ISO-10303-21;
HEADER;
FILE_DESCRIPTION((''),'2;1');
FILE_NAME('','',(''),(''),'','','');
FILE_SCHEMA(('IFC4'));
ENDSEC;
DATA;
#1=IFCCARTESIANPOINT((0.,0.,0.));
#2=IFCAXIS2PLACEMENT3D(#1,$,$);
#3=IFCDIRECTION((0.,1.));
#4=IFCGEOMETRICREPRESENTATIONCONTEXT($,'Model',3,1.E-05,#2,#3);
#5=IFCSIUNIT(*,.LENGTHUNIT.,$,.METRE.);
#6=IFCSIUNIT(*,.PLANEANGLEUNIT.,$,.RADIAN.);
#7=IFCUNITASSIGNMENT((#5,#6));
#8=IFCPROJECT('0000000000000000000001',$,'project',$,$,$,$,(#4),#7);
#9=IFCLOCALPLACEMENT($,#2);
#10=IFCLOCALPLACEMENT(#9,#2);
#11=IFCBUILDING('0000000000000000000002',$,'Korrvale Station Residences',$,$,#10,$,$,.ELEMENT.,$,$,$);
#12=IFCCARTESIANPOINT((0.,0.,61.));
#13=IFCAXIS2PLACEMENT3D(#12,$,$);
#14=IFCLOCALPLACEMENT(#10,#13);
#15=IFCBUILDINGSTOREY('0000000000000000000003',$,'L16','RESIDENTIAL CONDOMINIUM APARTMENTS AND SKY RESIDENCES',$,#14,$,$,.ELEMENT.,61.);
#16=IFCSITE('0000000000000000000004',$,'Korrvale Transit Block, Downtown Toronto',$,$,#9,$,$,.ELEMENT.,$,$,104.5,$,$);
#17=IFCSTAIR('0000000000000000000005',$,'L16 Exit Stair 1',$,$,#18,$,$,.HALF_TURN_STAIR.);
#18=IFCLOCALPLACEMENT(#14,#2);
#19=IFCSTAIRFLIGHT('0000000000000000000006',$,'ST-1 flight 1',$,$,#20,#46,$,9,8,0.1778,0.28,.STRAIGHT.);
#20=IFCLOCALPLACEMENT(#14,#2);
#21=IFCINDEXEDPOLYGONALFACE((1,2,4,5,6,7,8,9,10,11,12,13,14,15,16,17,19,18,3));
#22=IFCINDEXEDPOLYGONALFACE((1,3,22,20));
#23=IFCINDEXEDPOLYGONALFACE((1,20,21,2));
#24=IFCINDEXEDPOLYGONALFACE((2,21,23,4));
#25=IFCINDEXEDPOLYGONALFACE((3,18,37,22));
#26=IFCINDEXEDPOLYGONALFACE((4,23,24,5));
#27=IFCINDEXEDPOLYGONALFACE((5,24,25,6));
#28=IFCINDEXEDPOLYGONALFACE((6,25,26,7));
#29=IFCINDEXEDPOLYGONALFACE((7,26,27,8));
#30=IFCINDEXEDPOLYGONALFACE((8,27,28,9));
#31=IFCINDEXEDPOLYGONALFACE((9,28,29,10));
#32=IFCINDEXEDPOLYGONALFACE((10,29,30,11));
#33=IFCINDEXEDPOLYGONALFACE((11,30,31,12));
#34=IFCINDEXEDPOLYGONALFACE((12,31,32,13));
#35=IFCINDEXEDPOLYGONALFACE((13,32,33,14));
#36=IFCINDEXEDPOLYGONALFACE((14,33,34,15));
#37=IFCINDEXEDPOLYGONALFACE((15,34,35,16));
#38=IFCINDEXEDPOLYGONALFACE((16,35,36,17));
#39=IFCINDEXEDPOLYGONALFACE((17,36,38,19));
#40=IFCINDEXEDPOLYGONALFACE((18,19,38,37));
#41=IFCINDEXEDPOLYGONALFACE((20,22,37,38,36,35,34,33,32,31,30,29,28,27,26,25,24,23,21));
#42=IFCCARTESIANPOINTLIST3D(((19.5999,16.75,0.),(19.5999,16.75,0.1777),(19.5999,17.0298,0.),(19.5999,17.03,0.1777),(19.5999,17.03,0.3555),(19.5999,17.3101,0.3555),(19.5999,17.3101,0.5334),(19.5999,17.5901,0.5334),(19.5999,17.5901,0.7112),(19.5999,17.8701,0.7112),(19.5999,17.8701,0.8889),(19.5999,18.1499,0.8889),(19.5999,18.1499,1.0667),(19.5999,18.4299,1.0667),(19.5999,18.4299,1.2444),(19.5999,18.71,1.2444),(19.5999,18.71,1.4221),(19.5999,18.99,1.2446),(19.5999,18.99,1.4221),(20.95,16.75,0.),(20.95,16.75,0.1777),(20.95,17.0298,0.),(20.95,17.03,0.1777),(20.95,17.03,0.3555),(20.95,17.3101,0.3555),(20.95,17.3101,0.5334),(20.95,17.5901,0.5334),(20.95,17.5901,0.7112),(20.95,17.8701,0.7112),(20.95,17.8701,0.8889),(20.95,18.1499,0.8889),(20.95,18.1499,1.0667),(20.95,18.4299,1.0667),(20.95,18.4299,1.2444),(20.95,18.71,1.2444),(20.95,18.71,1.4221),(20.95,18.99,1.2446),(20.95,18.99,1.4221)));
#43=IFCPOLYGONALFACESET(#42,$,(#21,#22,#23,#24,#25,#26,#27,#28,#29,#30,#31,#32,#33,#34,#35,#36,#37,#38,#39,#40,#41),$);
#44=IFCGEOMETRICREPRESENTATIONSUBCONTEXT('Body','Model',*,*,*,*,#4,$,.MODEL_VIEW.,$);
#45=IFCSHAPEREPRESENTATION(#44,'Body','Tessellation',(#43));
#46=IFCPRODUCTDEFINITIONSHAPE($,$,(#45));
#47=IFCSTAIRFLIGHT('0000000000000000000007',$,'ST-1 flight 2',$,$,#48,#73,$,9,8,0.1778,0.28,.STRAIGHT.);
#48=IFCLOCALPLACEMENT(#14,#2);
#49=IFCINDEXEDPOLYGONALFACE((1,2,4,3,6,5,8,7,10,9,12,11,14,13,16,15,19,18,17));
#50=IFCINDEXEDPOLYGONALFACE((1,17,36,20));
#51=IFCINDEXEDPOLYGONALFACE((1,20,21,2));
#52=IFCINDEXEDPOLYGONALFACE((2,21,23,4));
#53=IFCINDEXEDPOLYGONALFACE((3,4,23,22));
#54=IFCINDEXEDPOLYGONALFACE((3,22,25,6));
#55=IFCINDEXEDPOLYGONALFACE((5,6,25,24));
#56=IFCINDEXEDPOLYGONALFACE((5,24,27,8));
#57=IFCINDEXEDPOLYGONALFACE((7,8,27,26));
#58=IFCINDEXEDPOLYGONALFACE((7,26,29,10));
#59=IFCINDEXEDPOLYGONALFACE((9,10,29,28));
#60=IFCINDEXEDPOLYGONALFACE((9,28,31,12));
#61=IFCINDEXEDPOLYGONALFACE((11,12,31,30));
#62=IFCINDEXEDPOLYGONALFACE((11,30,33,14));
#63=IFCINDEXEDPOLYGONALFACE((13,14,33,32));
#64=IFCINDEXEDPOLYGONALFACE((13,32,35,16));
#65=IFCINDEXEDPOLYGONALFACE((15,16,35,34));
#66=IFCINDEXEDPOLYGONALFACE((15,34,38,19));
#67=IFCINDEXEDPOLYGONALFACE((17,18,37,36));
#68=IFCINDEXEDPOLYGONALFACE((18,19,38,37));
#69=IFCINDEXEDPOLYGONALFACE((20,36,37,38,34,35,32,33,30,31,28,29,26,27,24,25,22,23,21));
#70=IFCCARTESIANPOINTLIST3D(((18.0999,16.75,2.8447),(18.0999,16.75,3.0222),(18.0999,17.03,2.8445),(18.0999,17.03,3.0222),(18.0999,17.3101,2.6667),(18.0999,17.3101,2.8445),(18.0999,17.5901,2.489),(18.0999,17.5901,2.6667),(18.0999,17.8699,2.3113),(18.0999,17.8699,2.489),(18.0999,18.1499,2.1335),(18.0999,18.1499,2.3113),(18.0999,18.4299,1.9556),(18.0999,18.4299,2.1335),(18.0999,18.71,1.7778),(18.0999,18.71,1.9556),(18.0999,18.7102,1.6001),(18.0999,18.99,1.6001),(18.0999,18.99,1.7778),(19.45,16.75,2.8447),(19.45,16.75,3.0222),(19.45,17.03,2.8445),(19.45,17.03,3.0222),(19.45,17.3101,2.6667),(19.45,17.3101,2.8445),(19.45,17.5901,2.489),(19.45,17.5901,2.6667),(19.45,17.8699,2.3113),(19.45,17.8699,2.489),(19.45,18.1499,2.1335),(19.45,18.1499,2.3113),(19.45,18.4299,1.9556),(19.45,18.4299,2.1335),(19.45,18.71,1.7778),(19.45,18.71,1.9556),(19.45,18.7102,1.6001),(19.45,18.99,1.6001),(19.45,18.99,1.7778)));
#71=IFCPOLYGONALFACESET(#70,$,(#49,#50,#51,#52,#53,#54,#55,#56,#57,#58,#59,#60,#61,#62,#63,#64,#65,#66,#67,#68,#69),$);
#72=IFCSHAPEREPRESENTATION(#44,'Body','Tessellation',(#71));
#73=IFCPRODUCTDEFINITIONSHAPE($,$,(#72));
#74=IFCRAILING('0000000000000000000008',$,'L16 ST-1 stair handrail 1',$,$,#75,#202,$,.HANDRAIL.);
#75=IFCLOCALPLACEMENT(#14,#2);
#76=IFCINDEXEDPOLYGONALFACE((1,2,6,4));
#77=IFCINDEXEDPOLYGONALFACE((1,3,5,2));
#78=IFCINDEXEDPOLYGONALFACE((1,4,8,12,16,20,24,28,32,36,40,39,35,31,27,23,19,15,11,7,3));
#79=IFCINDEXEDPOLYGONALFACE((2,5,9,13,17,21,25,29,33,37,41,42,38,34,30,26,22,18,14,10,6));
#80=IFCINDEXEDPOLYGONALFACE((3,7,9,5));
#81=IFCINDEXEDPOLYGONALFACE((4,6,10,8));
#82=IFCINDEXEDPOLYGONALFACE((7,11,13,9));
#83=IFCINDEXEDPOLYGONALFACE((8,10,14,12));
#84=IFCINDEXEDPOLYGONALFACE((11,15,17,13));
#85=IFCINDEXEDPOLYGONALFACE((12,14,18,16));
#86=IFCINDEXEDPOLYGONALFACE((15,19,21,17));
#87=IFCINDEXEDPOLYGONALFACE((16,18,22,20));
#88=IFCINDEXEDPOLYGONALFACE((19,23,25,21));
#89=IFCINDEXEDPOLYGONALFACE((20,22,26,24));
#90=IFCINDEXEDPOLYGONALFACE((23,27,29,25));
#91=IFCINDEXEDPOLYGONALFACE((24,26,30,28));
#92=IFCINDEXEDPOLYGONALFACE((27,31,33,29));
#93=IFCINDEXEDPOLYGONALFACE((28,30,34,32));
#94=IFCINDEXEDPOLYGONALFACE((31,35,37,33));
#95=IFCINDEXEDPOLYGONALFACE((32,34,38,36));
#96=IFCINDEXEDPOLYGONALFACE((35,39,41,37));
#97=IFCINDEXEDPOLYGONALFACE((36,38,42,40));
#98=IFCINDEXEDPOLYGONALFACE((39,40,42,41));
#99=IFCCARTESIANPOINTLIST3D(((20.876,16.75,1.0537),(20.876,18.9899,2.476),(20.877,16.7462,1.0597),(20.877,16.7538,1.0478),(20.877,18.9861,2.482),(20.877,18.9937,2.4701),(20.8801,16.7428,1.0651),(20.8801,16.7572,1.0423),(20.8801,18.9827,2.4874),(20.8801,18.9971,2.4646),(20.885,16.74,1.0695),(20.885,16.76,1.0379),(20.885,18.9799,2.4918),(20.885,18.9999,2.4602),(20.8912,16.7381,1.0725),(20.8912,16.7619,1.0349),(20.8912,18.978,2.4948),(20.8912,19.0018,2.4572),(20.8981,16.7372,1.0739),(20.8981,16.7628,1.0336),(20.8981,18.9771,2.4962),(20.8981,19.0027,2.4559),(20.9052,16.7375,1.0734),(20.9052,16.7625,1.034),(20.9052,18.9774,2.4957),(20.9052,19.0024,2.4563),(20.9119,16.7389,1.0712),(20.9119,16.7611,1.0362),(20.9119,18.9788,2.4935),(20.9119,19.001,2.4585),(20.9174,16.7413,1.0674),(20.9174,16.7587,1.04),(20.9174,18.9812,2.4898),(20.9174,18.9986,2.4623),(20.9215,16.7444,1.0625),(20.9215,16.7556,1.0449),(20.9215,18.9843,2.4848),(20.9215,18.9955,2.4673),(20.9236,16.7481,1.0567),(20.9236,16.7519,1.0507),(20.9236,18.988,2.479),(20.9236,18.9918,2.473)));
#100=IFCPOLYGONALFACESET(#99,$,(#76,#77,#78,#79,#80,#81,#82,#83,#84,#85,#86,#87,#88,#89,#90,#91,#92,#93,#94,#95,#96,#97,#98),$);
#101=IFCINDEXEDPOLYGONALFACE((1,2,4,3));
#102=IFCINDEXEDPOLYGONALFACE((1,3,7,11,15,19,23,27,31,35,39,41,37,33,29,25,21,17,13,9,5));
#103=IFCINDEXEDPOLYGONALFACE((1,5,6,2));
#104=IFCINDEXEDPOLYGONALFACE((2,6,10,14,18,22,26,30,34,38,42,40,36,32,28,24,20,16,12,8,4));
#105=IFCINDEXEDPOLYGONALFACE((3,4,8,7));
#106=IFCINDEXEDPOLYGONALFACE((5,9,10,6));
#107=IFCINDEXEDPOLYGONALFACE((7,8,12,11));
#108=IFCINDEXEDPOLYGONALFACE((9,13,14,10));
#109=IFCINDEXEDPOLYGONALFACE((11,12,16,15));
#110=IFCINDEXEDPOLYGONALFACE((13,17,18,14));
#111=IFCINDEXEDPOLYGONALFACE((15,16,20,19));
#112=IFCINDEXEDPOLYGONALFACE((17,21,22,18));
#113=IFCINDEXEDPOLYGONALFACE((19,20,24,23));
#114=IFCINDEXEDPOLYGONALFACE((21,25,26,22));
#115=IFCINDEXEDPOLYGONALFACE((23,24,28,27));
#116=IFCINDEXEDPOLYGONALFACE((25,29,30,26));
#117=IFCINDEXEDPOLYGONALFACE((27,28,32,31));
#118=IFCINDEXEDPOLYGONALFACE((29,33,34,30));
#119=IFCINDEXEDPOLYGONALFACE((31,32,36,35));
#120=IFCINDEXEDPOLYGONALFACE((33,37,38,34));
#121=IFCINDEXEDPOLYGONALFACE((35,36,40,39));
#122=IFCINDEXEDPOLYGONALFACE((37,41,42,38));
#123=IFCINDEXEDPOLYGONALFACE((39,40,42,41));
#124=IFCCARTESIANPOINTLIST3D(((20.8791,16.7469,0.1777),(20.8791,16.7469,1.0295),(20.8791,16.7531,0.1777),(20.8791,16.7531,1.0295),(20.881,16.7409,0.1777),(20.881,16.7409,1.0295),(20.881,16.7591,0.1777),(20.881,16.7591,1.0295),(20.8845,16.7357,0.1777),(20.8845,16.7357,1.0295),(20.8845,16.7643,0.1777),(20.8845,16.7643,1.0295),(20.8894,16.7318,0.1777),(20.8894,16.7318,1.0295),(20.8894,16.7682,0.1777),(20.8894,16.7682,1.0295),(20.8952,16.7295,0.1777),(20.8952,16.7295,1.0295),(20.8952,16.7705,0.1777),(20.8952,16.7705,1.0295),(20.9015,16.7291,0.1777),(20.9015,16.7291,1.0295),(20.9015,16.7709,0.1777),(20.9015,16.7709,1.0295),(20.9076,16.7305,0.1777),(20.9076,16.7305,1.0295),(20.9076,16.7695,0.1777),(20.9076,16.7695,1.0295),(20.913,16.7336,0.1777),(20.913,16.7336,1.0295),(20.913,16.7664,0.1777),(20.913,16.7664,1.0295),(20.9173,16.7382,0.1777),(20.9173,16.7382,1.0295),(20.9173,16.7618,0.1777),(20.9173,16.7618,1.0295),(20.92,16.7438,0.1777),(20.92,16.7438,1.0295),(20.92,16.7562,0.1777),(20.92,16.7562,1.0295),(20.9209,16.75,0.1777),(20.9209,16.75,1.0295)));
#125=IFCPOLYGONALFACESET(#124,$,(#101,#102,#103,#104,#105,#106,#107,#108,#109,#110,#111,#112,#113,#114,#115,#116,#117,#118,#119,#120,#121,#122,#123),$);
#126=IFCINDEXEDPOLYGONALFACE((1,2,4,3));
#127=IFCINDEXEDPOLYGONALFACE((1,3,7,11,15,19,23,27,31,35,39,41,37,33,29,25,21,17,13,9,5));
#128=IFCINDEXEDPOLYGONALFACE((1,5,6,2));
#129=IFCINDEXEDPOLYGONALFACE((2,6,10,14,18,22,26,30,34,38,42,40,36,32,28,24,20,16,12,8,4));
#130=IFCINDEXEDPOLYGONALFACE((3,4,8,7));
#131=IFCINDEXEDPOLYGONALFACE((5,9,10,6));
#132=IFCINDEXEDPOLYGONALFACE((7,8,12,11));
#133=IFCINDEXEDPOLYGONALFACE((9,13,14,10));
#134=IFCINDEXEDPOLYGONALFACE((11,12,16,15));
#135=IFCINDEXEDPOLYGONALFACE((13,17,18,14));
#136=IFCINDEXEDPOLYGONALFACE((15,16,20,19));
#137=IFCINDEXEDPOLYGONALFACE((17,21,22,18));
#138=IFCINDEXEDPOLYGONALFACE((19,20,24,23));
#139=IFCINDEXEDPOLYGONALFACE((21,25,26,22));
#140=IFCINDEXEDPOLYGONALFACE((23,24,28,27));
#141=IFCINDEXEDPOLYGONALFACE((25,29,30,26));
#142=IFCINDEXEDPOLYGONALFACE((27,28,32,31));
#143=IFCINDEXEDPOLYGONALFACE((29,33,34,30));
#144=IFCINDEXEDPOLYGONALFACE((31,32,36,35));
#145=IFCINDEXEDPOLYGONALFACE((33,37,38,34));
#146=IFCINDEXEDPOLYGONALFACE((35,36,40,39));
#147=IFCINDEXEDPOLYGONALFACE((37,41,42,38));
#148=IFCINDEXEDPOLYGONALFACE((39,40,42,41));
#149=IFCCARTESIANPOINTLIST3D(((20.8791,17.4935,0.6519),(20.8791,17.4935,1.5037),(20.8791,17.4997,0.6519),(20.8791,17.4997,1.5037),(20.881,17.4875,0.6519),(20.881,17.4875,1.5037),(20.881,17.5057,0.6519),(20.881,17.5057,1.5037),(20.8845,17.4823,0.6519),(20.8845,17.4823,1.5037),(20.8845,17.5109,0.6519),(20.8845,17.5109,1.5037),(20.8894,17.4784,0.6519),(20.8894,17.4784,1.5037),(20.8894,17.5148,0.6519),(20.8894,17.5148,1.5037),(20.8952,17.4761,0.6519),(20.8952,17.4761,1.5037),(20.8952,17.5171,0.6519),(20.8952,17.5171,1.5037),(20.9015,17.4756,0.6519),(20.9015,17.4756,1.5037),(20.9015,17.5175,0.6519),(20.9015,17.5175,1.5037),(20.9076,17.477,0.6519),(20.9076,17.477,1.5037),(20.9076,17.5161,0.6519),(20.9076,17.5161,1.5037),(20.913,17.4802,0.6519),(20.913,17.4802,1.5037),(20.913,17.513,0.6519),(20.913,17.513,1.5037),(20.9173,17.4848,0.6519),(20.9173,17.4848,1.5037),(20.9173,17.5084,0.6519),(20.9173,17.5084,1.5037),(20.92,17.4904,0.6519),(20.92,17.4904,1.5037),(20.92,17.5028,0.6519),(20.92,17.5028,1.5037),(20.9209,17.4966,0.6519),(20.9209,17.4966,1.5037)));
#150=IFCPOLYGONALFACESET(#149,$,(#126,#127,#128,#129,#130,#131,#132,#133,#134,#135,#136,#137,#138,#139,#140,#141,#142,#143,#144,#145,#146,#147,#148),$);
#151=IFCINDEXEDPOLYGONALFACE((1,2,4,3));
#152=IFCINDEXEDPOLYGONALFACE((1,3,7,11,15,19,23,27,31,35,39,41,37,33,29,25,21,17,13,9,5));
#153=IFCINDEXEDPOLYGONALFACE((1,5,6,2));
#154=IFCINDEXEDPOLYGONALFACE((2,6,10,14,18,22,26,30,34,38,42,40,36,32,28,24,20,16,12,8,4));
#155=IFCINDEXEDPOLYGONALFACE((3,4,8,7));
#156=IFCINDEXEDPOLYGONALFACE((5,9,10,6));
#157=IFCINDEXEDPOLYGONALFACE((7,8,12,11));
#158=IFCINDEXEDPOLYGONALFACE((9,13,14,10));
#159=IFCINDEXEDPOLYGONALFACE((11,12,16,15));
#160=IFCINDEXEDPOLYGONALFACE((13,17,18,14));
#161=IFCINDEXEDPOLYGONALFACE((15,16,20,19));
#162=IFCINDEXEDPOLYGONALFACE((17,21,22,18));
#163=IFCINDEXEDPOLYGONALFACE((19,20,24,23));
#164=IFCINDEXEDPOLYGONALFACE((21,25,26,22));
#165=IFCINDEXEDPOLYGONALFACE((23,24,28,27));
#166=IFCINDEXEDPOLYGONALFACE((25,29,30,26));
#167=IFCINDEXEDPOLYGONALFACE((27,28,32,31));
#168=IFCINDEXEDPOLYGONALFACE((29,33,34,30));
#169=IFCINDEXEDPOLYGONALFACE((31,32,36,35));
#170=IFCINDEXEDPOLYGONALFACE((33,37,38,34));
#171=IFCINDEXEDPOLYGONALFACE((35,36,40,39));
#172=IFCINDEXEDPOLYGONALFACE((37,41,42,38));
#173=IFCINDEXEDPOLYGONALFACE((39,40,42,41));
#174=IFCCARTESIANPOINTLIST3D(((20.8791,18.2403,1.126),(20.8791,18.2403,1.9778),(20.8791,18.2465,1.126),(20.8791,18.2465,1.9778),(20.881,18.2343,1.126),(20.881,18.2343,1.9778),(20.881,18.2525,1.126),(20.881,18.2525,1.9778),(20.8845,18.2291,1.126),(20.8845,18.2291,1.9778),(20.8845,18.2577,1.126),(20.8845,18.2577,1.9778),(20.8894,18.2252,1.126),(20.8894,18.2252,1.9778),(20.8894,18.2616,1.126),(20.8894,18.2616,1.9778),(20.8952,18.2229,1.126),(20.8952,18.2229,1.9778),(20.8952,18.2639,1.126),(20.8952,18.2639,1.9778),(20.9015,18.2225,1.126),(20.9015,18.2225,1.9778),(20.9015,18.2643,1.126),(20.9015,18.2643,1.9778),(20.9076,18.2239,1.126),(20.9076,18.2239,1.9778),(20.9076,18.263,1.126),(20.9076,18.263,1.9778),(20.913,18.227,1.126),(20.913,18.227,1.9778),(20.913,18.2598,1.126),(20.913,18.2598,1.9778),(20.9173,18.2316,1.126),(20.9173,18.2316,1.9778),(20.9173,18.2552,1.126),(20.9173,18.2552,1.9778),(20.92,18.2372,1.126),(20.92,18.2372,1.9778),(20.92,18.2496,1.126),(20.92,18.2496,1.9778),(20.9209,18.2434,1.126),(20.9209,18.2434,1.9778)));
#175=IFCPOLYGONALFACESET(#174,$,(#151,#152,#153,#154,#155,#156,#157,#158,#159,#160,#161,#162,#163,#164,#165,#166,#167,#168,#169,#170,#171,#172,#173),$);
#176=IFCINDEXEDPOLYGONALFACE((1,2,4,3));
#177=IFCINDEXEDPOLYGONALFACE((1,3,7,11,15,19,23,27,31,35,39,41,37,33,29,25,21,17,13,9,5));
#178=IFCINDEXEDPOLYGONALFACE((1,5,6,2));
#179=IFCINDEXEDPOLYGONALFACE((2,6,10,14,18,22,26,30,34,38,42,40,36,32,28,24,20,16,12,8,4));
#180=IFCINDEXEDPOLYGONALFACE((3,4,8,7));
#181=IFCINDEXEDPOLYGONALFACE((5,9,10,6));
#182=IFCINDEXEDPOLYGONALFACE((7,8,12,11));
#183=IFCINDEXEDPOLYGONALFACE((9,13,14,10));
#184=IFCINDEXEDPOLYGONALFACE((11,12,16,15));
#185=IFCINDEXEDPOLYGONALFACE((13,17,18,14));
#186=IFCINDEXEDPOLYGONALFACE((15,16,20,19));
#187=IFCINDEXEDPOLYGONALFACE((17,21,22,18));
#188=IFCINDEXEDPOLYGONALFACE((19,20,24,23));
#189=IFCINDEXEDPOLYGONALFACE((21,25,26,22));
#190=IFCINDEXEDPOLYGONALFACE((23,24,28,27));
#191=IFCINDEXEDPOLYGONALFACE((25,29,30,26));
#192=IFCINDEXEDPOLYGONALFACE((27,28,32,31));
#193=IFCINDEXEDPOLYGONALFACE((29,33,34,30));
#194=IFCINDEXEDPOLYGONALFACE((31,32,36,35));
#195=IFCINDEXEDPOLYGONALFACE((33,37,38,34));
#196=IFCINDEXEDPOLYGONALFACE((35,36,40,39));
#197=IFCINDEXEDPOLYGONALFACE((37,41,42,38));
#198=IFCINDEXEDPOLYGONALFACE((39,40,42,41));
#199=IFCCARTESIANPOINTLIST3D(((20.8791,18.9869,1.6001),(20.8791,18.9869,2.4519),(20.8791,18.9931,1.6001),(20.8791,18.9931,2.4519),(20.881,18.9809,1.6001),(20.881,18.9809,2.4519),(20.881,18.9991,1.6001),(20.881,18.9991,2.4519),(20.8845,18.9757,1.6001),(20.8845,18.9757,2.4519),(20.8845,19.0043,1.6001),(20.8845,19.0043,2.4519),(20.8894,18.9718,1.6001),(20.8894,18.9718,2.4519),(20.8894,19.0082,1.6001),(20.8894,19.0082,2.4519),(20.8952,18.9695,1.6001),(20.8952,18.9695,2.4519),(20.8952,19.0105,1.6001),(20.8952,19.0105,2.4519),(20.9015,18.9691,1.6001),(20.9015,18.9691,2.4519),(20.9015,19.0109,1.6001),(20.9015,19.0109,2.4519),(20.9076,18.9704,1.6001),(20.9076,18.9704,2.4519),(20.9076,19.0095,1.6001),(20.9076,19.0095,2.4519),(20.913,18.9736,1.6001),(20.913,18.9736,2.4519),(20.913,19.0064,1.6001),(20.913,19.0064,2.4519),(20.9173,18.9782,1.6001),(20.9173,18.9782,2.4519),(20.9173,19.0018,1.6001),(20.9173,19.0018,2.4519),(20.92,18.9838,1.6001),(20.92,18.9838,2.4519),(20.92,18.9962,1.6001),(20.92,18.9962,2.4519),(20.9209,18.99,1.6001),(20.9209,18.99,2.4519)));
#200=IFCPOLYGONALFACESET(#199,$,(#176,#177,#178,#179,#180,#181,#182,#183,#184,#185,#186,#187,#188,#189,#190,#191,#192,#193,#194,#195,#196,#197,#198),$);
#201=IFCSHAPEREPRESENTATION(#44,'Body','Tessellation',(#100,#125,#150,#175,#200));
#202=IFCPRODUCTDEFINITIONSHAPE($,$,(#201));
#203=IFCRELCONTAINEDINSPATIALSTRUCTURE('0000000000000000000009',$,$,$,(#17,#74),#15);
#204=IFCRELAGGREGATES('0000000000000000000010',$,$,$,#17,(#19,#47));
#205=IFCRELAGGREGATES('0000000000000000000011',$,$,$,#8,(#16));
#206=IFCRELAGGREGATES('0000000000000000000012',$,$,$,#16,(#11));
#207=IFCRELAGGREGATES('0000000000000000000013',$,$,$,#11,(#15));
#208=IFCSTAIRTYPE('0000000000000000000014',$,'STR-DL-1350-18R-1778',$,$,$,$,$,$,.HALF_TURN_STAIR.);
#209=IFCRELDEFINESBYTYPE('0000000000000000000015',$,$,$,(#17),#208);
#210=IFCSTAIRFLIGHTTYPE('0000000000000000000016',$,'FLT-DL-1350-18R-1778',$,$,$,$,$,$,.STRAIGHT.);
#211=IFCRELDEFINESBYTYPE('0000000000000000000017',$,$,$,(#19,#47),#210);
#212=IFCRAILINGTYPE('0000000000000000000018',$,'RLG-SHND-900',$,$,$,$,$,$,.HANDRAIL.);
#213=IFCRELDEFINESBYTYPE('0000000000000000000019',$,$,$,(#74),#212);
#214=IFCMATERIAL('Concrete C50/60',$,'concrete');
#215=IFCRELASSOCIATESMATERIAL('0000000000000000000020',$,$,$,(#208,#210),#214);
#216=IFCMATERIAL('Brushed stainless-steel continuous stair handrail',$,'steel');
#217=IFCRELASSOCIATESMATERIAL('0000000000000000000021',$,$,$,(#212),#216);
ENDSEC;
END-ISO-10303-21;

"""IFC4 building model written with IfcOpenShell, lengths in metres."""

from ifc_helpers import new_model, si_unit, direction, frame, origin, origin_2d, place, context, subcontext, project, spatial, polyline, circle, outline, extrude, material, type_object, element, aggregate, save


model = new_model("IFC4")

# Units and contexts
model_context = context("Model", 3, precision=1e-05, world=origin(), true_north=direction((0.0, 1.0)))
body_context = subcontext(model_context, "Body", "Model", "MODEL_VIEW")
ifc_project = project(units=[si_unit("LENGTHUNIT", "METRE"), si_unit("PLANEANGLEUNIT", "RADIAN")], contexts=[model_context])

# Site, building, storey
site_placement = place(None, origin())
site = spatial("IfcSite", under=ifc_project, at=site_placement, Name="Korrvale Transit Block, Downtown Toronto", CompositionType="ELEMENT", RefElevation=104.5)
building_placement = place(site_placement, origin())
building = spatial("IfcBuilding", under=site, at=building_placement, Name="Korrvale Station Residences", CompositionType="ELEMENT")
storey_placement = place(building_placement, frame((0.0, 0.0, 61.0)))
storey = spatial("IfcBuildingStorey", under=building, at=storey_placement, Name="L16", Description="RESIDENTIAL CONDOMINIUM APARTMENTS AND SKY RESIDENCES", CompositionType="ELEMENT", Elevation=61.0)

# Stair, stair flights
ifc_material_1 = material(Name="Concrete C50/60", Category="concrete")
stair_type = type_object("IfcStairType", Name="STR-DL-1350-18R-1778", PredefinedType="HALF_TURN_STAIR", material=ifc_material_1)
stair_placement = place(storey_placement, origin())
stair = element("IfcStair", 1, at=stair_placement, inside=storey, type_object=stair_type, Name="L16 Exit Stair 1", PredefinedType="HALF_TURN_STAIR")
stair_flight_type = type_object("IfcStairFlightType", Name="FLT-DL-1350-18R-1778", PredefinedType="STRAIGHT", material=ifc_material_1)
stair_flight_1_placement = place(storey_placement, frame((20.2749, 16.75, 0.0), z_axis=(0.0, 0.0, 1.0), x_axis=(0.0, 1.0, 0.0)))
stair_flight_1 = element("IfcStairFlight", 2, at=stair_flight_1_placement, type_object=stair_flight_type, Name="ST-1 flight 1", NumberOfRisers=9, NumberOfTreads=8, PredefinedType="STRAIGHT", RiserHeight=0.1778, TreadLength=0.28, context=body_context, shape_type="SweptSolid", body=[
    extrude(outline(polyline([(0.0, 0.0), (0.0, 0.1777), (0.28, 0.1777), (0.28, 0.3555), (0.5601, 0.3555), (0.5601, 0.5334), (0.8401, 0.5334), (0.8401, 0.7112), (1.1201, 0.7112), (1.1201, 0.8889), (1.3999, 0.8889), (1.3999, 1.0667), (1.6799, 1.0667), (1.6799, 1.2444), (1.96, 1.2444), (1.96, 1.4221), (2.24, 1.4221), (2.24, 1.6001), (2.24, 1.2446), (0.2798, 0.0), (0.0, 0.0)])), frame((0.0, 0.675, 0.0), z_axis=(0.0, -1.0, 0.0), x_axis=(1.0, 0.0, 0.0)), (0.0, 0.0, 1.0), 1.3501),
])
stair_flight_2_placement = place(storey_placement, frame((18.7749, 18.99, 1.6001), z_axis=(0.0, 0.0, 1.0), x_axis=(0.0, -1.0, 0.0)))
stair_flight_2 = element("IfcStairFlight", 3, at=stair_flight_2_placement, type_object=stair_flight_type, Name="ST-1 flight 2", NumberOfRisers=9, NumberOfTreads=8, PredefinedType="STRAIGHT", RiserHeight=0.1778, TreadLength=0.28, context=body_context, shape_type="SweptSolid", body=[
    extrude(outline(polyline([(0.0, 0.0), (0.0, 0.1777), (0.28, 0.1777), (0.28, 0.3555), (0.5601, 0.3555), (0.5601, 0.5334), (0.8401, 0.5334), (0.8401, 0.7112), (1.1201, 0.7112), (1.1201, 0.8889), (1.3999, 0.8889), (1.3999, 1.0667), (1.6799, 1.0667), (1.6799, 1.2444), (1.96, 1.2444), (1.96, 1.4221), (2.24, 1.4221), (2.24, 1.6001), (2.24, 1.2446), (0.2798, 0.0), (0.0, 0.0)])), frame((0.0, 0.675, 0.0), z_axis=(0.0, -1.0, 0.0), x_axis=(1.0, 0.0, 0.0)), (0.0, 0.0, 1.0), 1.3501),
])
aggregate(stair, [stair_flight_1, stair_flight_2])

# Railing
ifc_material_2 = material(Name="Brushed stainless-steel continuous stair handrail", Category="steel")
railing_type_1 = type_object("IfcRailingType", Name="RLG-SHND-900", PredefinedType="HANDRAIL", material=ifc_material_2)
railing_1_placement = place(storey_placement, frame((20.8999, 16.75, 0.1777)))
element("IfcRailing", 4, at=railing_1_placement, inside=storey, type_object=railing_type_1, Name="L16 ST-1 stair handrail 1", PredefinedType="HANDRAIL", context=body_context, shape_type="SweptSolid", body=[
    extrude(circle(Radius=0.0239, at=origin_2d()), frame((0.0, 0.0, 0.876), z_axis=(0.0, 0.844188, 0.536048), x_axis=(-1.0, 0.0, 0.0)), (0.0, 0.0, 1.0), 2.6533),
    extrude(circle(Radius=0.021, at=origin_2d()), origin(), (0.0, 0.0, 1.0), 0.8518),
    extrude(circle(Radius=0.021, at=origin_2d()), frame((0.0, 0.7466, 0.4741)), (0.0, 0.0, 1.0), 0.8518),
    extrude(circle(Radius=0.021, at=origin_2d()), frame((0.0, 1.4934, 0.9482)), (0.0, 0.0, 1.0), 0.8518),
    extrude(circle(Radius=0.021, at=origin_2d()), frame((0.0, 2.24, 1.4224)), (0.0, 0.0, 1.0), 0.8518),
])

save(model, "model.ifc")
